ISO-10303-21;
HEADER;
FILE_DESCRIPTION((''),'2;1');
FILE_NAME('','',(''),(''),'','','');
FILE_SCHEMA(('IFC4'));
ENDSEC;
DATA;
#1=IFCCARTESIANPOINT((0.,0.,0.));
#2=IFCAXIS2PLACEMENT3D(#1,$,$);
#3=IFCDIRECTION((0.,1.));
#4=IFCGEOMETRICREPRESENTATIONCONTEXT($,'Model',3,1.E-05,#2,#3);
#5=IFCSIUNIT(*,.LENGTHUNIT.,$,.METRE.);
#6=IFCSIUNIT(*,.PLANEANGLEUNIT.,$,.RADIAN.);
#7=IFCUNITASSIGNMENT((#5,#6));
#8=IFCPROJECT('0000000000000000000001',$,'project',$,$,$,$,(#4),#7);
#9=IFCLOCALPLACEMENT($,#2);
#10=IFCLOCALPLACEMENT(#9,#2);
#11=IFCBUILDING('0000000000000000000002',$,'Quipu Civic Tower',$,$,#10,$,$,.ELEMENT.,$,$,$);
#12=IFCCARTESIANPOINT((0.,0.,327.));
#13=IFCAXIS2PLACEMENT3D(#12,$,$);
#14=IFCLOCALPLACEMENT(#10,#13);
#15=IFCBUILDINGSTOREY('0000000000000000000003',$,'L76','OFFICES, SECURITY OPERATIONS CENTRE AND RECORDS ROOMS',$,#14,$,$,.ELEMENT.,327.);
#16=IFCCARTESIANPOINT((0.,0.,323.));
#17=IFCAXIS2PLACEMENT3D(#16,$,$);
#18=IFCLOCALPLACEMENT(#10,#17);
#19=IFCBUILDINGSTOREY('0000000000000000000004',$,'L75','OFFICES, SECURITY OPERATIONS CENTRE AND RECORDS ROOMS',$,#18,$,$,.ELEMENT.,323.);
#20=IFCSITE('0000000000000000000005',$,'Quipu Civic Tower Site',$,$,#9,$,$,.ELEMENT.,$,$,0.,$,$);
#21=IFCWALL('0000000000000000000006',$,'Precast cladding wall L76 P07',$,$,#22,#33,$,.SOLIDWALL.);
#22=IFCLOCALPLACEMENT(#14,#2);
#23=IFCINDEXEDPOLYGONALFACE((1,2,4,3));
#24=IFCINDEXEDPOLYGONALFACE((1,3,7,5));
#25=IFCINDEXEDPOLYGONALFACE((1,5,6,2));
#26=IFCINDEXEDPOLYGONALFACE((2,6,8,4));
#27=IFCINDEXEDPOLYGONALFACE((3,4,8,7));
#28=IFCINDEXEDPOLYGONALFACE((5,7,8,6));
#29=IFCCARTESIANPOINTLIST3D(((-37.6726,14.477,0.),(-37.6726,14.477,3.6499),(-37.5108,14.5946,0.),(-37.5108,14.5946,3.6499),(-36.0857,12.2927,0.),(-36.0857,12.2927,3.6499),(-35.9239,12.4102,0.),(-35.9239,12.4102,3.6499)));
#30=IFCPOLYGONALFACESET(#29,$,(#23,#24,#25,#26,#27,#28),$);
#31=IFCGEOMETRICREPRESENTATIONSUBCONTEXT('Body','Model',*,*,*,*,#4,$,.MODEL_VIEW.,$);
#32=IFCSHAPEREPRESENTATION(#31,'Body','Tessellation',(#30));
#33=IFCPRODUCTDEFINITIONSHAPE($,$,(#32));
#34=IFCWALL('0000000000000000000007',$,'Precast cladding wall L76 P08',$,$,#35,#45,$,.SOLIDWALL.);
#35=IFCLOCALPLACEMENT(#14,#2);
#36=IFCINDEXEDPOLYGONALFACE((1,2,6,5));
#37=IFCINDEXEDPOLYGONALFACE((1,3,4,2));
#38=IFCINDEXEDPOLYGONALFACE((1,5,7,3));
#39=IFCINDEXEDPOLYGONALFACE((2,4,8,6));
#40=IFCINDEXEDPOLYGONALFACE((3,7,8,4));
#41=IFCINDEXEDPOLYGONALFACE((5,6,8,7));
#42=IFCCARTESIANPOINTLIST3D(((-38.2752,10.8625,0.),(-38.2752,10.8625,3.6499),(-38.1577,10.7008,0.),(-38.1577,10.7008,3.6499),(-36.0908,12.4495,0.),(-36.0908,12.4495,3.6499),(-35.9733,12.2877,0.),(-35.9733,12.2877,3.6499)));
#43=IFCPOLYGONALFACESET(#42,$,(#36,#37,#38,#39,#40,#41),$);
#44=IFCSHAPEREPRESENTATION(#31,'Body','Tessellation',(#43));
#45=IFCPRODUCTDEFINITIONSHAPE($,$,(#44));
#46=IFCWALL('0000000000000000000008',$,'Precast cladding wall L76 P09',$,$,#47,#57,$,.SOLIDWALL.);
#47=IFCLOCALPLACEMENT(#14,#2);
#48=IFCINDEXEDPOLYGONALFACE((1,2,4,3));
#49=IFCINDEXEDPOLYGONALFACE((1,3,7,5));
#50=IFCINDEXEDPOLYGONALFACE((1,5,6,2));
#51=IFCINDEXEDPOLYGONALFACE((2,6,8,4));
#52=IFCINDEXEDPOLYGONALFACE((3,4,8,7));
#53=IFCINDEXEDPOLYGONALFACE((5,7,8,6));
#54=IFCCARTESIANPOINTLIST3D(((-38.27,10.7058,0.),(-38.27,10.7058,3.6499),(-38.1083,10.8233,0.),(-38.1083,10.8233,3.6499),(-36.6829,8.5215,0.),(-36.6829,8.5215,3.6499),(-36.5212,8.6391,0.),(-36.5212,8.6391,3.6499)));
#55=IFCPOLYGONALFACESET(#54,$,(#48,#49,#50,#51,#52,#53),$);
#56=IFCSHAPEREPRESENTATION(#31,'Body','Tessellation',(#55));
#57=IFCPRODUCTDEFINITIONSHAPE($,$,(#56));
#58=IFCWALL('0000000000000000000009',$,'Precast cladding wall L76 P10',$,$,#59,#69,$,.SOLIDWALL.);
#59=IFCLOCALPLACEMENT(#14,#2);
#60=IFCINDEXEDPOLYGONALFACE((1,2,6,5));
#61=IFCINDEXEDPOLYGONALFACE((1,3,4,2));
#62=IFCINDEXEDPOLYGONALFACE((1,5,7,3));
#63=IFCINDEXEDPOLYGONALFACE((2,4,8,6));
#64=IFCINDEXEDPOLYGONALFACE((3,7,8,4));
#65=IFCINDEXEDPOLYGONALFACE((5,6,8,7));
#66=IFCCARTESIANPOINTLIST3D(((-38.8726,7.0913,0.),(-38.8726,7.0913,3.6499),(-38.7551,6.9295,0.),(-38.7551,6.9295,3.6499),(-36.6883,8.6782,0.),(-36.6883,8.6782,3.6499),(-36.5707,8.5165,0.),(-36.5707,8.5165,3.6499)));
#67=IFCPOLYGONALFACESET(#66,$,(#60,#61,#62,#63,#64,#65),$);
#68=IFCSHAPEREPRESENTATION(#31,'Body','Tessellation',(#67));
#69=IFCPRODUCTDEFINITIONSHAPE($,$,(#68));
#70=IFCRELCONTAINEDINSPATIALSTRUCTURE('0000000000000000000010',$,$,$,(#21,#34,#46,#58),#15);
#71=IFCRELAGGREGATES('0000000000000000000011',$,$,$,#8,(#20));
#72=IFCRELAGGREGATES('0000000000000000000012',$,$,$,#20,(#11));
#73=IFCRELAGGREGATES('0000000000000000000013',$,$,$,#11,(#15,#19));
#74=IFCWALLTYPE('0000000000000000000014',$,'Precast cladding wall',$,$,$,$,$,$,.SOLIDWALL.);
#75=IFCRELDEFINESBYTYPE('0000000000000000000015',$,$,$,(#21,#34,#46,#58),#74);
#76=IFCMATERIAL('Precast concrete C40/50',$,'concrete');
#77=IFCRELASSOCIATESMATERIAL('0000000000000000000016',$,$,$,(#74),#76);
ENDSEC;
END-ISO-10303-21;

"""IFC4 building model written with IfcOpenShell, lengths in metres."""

from ifc_helpers import new_model, si_unit, direction, frame, frame_2d, origin, place, context, subcontext, project, spatial, rectangle, extrude, material, type_object, element, save


model = new_model("IFC4")

# Units and contexts
model_context = context("Model", 3, precision=1e-05, world=origin(), true_north=direction((0.0, 1.0)))
body_context = subcontext(model_context, "Body", "Model", "MODEL_VIEW")
ifc_project = project(units=[si_unit("LENGTHUNIT", "METRE"), si_unit("PLANEANGLEUNIT", "RADIAN")], contexts=[model_context])

# Site, building, storey
site_placement = place(None, origin())
site = spatial("IfcSite", under=ifc_project, at=site_placement, Name="Quipu Civic Tower Site", CompositionType="ELEMENT", RefElevation=0.0)
building_placement = place(site_placement, origin())
building = spatial("IfcBuilding", under=site, at=building_placement, Name="Quipu Civic Tower", CompositionType="ELEMENT")
storey_1_placement = place(building_placement, frame((0.0, 0.0, 327.0)))
storey_1 = spatial("IfcBuildingStorey", under=building, at=storey_1_placement, Name="L76", Description="OFFICES, SECURITY OPERATIONS CENTRE AND RECORDS ROOMS", CompositionType="ELEMENT", Elevation=327.0)

# Shared definitions
storey_2_placement = place(building_placement, frame((0.0, 0.0, 323.0)))
storey_2 = spatial("IfcBuildingStorey", under=building, at=storey_2_placement, Name="L75", Description="OFFICES, SECURITY OPERATIONS CENTRE AND RECORDS ROOMS", CompositionType="ELEMENT", Elevation=323.0)

# Walls
ifc_material_1 = material(Name="Precast concrete C40/50", Category="concrete")
wall_type = type_object("IfcWallType", Name="Precast cladding wall", PredefinedType="SOLIDWALL", material=ifc_material_1)
for number, where, z_axis, x_axis, name in (
    (1, (-37.5918, 14.5359, 0.0), (0.0, 0.0, 1.0), (0.587763, -0.809033, 0.0), "Precast cladding wall L76 P07"),
    (2, (-36.032, 12.3687, 0.0), (0.0, 0.0, 1.0), (-0.809033, -0.587763, 0.0), "Precast cladding wall L76 P08"),
    (3, (-38.1892, 10.7646, 0.0), (0.0, 0.0, 1.0), (0.587822, -0.80899, 0.0), "Precast cladding wall L76 P09"),
    (4, (-36.6294, 8.5974, 0.0), (0.0, 0.0, 1.0), (-0.809033, -0.587763, 0.0), "Precast cladding wall L76 P10"),
):
    element("IfcWall", number, at=place(storey_1_placement, frame(where, z_axis=z_axis, x_axis=x_axis)), inside=storey_1, type_object=wall_type, Name=name, PredefinedType="SOLIDWALL", context=body_context, shape_type="SweptSolid", body=[
        extrude(rectangle(XDim=2.7, YDim=0.2, at=frame_2d((1.3501, 0.0))), origin(), (0.0, 0.0, 1.0), 3.6499),
    ])

save(model, "model.ifc")
